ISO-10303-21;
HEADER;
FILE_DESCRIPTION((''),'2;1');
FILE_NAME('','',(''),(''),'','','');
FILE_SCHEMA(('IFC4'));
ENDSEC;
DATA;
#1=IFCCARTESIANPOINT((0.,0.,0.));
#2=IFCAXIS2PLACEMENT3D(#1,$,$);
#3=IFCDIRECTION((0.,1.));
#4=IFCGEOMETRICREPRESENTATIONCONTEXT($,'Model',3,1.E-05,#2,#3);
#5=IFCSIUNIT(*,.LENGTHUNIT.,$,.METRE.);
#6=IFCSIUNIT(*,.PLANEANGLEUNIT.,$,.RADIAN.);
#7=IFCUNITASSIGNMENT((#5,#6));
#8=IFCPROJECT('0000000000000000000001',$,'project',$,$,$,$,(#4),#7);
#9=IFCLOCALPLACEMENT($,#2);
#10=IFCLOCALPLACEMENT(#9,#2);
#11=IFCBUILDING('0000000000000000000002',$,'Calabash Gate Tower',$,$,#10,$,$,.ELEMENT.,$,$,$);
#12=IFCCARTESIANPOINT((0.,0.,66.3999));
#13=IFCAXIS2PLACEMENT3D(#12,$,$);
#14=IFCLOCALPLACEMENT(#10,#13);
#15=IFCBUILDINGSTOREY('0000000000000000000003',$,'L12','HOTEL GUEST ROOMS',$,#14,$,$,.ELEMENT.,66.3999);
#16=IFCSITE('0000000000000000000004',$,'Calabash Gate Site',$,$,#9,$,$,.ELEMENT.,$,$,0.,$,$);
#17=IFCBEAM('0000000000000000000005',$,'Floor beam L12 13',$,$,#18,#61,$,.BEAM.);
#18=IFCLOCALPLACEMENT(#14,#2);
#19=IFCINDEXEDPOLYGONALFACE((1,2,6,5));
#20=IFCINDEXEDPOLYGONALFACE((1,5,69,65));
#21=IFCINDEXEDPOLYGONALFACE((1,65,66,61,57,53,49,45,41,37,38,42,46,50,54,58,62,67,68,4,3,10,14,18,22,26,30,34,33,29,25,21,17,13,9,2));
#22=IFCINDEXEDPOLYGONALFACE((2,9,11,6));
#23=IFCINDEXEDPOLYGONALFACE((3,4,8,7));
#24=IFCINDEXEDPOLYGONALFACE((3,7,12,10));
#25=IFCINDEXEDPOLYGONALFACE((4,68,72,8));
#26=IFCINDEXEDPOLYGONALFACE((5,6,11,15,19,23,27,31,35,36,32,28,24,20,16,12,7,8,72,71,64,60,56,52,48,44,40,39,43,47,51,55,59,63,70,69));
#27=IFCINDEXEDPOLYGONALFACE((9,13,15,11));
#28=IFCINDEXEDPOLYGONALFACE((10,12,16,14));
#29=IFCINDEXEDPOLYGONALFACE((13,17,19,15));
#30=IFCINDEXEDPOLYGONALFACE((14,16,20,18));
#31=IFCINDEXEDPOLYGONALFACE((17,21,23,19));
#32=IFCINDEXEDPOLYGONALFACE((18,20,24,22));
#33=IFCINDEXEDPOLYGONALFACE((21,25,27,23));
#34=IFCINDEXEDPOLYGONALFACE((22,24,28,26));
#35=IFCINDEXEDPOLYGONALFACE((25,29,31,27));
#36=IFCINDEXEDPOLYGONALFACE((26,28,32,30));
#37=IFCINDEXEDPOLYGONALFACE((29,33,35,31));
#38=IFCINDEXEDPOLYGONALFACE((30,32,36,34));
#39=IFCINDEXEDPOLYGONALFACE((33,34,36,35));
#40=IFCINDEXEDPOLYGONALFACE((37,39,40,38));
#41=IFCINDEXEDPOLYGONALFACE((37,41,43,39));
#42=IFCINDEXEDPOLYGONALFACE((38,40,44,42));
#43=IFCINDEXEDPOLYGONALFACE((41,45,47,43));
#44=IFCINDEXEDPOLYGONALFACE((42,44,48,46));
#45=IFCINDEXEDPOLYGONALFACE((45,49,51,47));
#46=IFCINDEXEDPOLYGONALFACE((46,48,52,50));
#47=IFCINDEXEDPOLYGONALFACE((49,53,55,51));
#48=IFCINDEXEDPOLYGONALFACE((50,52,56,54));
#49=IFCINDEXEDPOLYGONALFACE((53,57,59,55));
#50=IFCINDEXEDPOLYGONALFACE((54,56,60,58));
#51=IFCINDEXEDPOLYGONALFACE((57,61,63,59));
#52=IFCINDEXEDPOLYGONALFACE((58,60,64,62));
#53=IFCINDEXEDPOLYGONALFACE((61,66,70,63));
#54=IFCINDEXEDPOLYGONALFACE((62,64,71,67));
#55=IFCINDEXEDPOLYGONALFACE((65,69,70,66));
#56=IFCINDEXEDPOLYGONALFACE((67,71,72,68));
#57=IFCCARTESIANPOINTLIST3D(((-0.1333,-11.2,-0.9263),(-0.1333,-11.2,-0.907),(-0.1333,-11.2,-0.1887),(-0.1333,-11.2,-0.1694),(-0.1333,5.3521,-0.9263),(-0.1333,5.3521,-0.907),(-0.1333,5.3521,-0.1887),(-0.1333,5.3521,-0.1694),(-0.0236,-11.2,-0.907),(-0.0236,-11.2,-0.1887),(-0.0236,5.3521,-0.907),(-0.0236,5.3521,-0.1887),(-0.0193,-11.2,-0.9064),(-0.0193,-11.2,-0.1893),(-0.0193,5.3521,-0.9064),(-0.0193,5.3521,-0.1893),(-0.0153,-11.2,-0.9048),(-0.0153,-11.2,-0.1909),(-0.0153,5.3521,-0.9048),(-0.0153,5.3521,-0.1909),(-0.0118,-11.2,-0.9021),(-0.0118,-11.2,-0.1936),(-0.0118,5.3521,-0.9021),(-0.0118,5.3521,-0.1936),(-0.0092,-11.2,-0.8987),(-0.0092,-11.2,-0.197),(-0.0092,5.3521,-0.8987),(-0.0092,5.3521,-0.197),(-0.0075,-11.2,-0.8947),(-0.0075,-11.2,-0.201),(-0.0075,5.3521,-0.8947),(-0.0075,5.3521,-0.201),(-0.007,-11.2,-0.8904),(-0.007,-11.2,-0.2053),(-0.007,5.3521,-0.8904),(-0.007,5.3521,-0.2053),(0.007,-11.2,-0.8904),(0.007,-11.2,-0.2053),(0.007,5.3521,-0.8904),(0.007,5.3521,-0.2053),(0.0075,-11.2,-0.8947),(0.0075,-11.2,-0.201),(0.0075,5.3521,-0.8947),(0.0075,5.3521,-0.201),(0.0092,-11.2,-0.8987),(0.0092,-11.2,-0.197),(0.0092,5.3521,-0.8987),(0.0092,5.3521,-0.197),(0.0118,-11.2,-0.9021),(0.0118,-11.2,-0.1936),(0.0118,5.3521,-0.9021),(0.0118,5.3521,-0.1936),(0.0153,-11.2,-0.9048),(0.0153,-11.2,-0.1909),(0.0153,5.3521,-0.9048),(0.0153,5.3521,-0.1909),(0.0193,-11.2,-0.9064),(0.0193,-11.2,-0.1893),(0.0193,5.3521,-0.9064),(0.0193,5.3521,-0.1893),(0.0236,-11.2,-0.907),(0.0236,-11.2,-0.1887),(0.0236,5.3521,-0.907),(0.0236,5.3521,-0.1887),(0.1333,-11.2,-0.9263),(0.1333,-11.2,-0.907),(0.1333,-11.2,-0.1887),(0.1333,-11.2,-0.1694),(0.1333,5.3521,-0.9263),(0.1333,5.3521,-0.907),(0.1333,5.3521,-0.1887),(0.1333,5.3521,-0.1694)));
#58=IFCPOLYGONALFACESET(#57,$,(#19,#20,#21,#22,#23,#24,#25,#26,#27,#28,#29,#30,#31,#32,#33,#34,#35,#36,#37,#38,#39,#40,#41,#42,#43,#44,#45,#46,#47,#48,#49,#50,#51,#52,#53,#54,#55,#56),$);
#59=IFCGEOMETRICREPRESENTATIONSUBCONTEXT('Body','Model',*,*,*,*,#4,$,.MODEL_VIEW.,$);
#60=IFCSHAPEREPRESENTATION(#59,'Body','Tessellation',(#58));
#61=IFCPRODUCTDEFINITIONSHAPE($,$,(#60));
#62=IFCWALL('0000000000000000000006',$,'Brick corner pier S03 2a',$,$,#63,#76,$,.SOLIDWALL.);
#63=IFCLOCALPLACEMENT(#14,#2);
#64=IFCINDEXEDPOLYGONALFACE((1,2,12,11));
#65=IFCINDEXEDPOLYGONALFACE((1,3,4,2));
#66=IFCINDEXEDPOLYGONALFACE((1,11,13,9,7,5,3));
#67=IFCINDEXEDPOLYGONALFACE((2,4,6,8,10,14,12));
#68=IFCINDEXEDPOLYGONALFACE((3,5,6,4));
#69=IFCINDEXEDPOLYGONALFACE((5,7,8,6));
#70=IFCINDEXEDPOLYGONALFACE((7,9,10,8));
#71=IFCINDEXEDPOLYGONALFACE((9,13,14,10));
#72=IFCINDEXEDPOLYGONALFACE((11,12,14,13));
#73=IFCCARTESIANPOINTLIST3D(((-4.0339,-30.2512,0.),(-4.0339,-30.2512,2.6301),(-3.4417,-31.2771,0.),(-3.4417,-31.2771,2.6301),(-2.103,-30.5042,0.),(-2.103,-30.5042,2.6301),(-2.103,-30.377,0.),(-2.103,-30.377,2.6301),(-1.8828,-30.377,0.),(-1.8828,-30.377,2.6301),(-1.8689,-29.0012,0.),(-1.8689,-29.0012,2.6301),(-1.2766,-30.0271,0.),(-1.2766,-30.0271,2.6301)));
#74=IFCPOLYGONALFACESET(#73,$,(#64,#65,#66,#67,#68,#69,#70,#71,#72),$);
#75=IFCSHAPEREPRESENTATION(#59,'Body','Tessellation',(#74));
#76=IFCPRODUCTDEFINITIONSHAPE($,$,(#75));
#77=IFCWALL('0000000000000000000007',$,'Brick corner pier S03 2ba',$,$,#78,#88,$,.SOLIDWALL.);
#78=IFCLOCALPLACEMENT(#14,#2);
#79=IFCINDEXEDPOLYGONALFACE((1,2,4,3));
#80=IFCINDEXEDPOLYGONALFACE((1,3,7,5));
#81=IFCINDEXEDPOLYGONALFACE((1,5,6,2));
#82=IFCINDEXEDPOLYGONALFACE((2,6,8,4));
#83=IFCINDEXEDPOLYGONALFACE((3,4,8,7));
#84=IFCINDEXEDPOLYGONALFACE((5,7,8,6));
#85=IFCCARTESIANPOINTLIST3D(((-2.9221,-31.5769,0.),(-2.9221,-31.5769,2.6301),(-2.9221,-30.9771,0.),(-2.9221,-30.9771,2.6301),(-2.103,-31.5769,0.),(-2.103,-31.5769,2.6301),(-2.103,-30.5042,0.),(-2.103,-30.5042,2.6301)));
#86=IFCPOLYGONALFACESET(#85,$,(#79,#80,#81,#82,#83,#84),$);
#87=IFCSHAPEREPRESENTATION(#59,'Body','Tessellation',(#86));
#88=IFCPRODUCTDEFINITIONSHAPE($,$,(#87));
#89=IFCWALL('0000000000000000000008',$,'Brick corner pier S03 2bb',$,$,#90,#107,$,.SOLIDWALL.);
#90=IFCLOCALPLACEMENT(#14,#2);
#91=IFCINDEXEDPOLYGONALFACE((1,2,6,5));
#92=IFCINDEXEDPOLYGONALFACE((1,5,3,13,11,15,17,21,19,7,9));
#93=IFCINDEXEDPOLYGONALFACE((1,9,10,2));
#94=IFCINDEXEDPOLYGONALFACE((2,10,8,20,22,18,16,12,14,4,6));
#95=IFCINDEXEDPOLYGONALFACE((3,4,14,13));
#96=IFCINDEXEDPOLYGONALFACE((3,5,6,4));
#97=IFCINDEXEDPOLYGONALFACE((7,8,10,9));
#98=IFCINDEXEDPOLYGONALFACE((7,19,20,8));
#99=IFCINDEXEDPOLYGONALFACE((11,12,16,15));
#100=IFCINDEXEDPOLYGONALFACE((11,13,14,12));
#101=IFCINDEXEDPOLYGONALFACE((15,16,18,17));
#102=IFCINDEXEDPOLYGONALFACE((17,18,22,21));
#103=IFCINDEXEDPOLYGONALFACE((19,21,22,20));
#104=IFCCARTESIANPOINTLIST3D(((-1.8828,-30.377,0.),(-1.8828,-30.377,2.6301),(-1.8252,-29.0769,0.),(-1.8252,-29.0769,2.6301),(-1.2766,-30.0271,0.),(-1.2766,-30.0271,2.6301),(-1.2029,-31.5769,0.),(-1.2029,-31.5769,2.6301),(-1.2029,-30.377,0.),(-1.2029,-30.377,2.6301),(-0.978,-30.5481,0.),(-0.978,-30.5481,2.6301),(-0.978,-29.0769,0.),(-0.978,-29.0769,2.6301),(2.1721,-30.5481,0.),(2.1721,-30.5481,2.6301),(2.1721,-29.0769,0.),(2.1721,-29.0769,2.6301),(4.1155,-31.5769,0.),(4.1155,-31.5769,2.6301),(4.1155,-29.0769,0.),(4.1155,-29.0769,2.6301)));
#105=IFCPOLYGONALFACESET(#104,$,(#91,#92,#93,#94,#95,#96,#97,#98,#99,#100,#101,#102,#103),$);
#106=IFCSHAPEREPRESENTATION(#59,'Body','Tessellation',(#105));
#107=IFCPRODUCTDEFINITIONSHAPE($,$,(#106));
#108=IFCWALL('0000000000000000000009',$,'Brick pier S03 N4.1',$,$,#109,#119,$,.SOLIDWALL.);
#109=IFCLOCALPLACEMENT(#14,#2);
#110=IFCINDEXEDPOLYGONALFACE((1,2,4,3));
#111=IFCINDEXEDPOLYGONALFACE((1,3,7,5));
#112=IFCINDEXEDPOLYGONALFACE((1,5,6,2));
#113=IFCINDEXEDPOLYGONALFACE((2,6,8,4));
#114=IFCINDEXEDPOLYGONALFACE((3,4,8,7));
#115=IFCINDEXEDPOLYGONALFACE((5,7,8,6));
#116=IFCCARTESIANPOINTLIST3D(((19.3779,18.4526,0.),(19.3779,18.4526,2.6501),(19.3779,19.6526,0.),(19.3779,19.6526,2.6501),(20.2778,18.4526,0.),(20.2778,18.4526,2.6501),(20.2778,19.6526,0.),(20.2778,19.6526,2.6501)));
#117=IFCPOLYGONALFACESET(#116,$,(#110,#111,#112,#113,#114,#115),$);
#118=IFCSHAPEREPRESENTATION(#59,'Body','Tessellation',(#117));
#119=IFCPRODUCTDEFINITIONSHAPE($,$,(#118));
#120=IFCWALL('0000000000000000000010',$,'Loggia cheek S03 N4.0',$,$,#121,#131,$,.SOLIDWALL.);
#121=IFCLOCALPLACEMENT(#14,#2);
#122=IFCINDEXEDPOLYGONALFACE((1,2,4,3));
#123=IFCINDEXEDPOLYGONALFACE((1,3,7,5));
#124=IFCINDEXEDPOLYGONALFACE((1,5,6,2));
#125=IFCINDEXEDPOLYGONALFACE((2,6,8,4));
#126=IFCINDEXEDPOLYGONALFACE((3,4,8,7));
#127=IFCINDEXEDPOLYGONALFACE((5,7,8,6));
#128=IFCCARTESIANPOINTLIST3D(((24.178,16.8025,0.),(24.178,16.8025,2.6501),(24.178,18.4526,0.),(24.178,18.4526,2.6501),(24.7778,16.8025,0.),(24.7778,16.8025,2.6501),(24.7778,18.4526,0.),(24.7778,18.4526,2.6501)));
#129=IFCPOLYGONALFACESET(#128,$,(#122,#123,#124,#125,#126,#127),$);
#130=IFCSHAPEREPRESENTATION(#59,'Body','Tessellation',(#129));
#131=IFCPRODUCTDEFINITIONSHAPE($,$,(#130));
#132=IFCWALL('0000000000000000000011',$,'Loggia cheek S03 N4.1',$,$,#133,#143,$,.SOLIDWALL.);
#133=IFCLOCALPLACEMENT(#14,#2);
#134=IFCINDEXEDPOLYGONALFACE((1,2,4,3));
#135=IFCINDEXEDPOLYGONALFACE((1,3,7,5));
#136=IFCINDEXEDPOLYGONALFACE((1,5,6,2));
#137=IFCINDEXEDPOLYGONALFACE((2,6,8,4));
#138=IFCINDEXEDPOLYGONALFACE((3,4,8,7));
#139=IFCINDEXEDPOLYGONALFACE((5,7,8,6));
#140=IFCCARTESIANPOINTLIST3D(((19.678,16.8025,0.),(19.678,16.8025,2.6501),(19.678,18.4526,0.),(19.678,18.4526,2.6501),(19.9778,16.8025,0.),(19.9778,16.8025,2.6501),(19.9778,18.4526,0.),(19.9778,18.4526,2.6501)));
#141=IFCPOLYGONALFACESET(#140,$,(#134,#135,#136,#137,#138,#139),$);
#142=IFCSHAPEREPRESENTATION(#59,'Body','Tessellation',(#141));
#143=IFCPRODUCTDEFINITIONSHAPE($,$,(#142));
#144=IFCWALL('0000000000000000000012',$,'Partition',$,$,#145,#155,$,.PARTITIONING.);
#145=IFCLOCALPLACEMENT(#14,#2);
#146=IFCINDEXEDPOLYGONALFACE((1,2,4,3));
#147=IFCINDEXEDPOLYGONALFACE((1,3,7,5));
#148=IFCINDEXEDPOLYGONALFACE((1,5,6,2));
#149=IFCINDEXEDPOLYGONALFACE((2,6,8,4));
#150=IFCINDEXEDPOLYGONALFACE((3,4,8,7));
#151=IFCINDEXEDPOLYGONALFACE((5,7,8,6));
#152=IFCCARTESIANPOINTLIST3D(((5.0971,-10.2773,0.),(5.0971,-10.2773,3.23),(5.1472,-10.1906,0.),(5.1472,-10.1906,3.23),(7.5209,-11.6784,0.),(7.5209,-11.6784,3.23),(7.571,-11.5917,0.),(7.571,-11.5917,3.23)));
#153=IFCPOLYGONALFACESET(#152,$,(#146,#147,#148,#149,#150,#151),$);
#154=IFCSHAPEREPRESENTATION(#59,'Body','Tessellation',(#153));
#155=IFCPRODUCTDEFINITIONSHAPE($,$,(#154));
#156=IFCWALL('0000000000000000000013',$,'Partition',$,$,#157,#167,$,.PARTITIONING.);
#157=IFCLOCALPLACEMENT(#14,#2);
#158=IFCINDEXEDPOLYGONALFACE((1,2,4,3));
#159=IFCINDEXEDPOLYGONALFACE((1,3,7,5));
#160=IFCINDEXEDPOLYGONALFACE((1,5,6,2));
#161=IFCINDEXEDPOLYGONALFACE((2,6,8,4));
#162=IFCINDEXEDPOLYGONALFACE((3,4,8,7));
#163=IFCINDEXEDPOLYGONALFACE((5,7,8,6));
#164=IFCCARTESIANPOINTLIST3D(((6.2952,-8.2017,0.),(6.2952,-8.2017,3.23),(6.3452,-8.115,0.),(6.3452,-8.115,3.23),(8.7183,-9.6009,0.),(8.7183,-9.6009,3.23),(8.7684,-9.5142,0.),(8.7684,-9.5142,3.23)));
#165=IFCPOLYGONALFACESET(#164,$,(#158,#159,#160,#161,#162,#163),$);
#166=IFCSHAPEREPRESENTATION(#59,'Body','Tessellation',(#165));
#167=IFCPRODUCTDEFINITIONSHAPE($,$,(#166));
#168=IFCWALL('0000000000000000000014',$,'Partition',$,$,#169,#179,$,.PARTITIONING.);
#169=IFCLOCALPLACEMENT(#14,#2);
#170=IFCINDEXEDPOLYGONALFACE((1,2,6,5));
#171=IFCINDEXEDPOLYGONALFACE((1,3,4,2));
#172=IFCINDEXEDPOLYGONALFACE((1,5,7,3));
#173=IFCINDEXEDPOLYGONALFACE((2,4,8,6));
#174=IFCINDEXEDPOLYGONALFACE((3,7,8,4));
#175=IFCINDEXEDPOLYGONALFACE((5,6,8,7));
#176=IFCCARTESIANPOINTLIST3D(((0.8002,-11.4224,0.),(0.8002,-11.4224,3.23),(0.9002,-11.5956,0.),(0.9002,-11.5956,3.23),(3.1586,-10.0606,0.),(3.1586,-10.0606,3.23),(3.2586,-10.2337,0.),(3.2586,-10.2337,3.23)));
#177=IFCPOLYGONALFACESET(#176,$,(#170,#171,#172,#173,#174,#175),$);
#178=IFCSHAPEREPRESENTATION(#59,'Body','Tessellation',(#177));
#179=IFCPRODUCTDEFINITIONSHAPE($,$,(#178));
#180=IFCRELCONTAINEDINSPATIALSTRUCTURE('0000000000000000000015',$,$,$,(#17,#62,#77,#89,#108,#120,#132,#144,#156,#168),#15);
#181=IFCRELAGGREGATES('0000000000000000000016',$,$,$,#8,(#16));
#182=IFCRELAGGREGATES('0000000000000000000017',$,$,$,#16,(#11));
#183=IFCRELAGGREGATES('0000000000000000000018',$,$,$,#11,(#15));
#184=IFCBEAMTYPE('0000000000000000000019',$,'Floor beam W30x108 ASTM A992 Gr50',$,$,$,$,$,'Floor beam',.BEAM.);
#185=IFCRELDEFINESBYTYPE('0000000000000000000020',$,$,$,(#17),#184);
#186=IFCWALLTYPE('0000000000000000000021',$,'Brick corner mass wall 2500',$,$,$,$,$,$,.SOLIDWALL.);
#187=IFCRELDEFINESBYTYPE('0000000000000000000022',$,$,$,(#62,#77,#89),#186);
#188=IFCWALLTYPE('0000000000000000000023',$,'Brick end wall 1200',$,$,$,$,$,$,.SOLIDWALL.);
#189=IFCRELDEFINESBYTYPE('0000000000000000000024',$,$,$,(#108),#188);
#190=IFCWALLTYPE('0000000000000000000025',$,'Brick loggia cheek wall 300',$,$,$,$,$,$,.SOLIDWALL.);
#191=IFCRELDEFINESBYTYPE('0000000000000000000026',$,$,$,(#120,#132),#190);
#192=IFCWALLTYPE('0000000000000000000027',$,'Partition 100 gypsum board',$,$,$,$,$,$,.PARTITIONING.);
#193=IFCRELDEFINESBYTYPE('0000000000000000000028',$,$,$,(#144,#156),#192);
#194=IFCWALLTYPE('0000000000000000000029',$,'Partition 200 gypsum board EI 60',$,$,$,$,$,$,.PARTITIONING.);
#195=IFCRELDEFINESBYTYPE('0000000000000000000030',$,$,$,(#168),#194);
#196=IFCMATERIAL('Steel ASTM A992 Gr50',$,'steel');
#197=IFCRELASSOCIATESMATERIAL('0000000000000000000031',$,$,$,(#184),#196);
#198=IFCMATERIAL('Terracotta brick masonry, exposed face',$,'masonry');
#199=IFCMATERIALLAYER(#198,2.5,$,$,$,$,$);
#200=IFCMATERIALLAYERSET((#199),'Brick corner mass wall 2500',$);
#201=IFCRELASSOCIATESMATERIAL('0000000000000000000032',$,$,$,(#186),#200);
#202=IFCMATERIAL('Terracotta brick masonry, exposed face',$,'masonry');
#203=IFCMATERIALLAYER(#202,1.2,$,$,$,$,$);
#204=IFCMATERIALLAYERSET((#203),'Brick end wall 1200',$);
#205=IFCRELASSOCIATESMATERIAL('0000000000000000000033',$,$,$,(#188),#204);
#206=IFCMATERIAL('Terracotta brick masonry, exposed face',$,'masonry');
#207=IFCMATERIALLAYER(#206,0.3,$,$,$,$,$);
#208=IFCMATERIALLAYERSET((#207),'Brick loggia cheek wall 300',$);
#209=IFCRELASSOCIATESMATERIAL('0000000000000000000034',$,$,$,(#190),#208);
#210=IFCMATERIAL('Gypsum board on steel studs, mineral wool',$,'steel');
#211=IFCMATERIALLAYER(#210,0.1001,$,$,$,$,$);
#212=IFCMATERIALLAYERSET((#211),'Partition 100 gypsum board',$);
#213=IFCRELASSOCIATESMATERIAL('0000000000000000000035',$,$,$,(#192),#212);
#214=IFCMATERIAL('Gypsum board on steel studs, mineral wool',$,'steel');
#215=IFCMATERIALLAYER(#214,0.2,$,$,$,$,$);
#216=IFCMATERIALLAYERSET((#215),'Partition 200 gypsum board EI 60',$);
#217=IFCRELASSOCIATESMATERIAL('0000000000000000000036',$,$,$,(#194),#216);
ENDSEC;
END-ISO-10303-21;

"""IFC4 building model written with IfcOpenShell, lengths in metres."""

from ifc_helpers import new_model, si_unit, direction, frame, frame_2d, origin, origin_2d, place, context, subcontext, project, spatial, polyline, rectangle, i_section, outline, extrude, material, layer, layer_set, material_profile, profile_set, type_object, element, save


model = new_model("IFC4")

# Units and contexts
model_context = context("Model", 3, precision=1e-05, world=origin(), true_north=direction((0.0, 1.0)))
body_context = subcontext(model_context, "Body", "Model", "MODEL_VIEW")
ifc_project = project(units=[si_unit("LENGTHUNIT", "METRE"), si_unit("PLANEANGLEUNIT", "RADIAN")], contexts=[model_context])

# Site, building, storey
site_placement = place(None, origin())
site = spatial("IfcSite", under=ifc_project, at=site_placement, Name="Calabash Gate Site", CompositionType="ELEMENT", RefElevation=0.0)
building_placement = place(site_placement, origin())
building = spatial("IfcBuilding", under=site, at=building_placement, Name="Calabash Gate Tower", CompositionType="ELEMENT")
storey_placement = place(building_placement, frame((0.0, 0.0, 66.3999)))
storey = spatial("IfcBuildingStorey", under=building, at=storey_placement, Name="L12", Description="HOTEL GUEST ROOMS", CompositionType="ELEMENT", Elevation=66.3999)

# Beam
ifc_material_1 = material(Name="Steel ASTM A992 Gr50", Category="steel")
ifc_material_profile = material_profile(ifc_material_1, i_section(OverallWidth=0.2666, OverallDepth=0.7568, WebThickness=0.0139, FlangeThickness=0.0193, FilletRadius=0.0166, at=origin_2d()))
ifc_profile_set = profile_set([ifc_material_profile], Name="Steel ASTM A992 Gr50")
beam_type = type_object("IfcBeamType", Name="Floor beam W30x108 ASTM A992 Gr50", ElementType="Floor beam", PredefinedType="BEAM", material=ifc_profile_set)
beam_placement = place(storey_placement, frame((0.0, -11.2, -0.5479), z_axis=(0.0, 1.0, 0.0), x_axis=(-1.0, 0.0, 0.0)))
element("IfcBeam", 1, at=beam_placement, inside=storey, type_object=beam_type, Name="Floor beam L12 13", PredefinedType="BEAM", context=body_context, shape_type="SweptSolid", body=[
    extrude(i_section(OverallWidth=0.2666, OverallDepth=0.7568, WebThickness=0.0139, FlangeThickness=0.0193, FilletRadius=0.0166, at=origin_2d()), origin(), (0.0, 0.0, 1.0), 16.552),
])

# Walls
ifc_material_2 = material(Name="Terracotta brick masonry, exposed face", Category="masonry")
ifc_layer_1 = layer(ifc_material_2, 2.5)
ifc_layer_set_1 = layer_set([ifc_layer_1], Name="Brick corner mass wall 2500")
wall_type_1 = type_object("IfcWallType", Name="Brick corner mass wall 2500", PredefinedType="SOLIDWALL", material=ifc_layer_set_1)
wall_1_placement = place(storey_placement, origin())
element("IfcWall", 2, at=wall_1_placement, inside=storey, type_object=wall_type_1, Name="Brick corner pier S03 2a", PredefinedType="SOLIDWALL", context=body_context, shape_type="SweptSolid", body=[
    extrude(outline(polyline([(-1.2766, -30.0271), (-1.8689, -29.0012), (-4.0339, -30.2512), (-3.4417, -31.2771), (-2.103, -30.5042), (-2.103, -30.377), (-1.8828, -30.377), (-1.2766, -30.0271)])), origin(), (0.0, 0.0, 1.0), 2.6301),
])
wall_2_placement = place(storey_placement, origin())
element("IfcWall", 3, at=wall_2_placement, inside=storey, type_object=wall_type_1, Name="Brick corner pier S03 2ba", PredefinedType="SOLIDWALL", context=body_context, shape_type="SweptSolid", body=[
    extrude(outline(polyline([(-2.9221, -30.9771), (-2.9221, -31.5769), (-2.103, -31.5769), (-2.103, -30.5042), (-2.9221, -30.9771)])), origin(), (0.0, 0.0, 1.0), 2.6301),
])
wall_3_placement = place(storey_placement, origin())
element("IfcWall", 4, at=wall_3_placement, inside=storey, type_object=wall_type_1, Name="Brick corner pier S03 2bb", PredefinedType="SOLIDWALL", context=body_context, shape_type="SweptSolid", body=[
    extrude(outline(polyline([(-1.2029, -30.377), (-1.2029, -31.5769), (4.1155, -31.5769), (4.1155, -29.0769), (2.1721, -29.0769), (2.1721, -30.5481), (-0.978, -30.5481), (-0.978, -29.0769), (-1.8252, -29.0769), (-1.2766, -30.0271), (-1.8828, -30.377), (-1.2029, -30.377)])), origin(), (0.0, 0.0, 1.0), 2.6301),
])
ifc_material_3 = material(Name="Terracotta brick masonry, exposed face", Category="masonry")
ifc_layer_2 = layer(ifc_material_3, 1.2)
ifc_layer_set_2 = layer_set([ifc_layer_2], Name="Brick end wall 1200")
wall_type_2 = type_object("IfcWallType", Name="Brick end wall 1200", PredefinedType="SOLIDWALL", material=ifc_layer_set_2)
wall_4_placement = place(storey_placement, origin())
element("IfcWall", 5, at=wall_4_placement, inside=storey, type_object=wall_type_2, Name="Brick pier S03 N4.1", PredefinedType="SOLIDWALL", context=body_context, shape_type="SweptSolid", body=[
    extrude(outline(polyline([(20.2778, 19.6526), (19.3779, 19.6526), (19.3779, 18.4526), (20.2778, 18.4526), (20.2778, 19.6526)])), origin(), (0.0, 0.0, 1.0), 2.6501),
])
ifc_material_4 = material(Name="Terracotta brick masonry, exposed face", Category="masonry")
ifc_layer_3 = layer(ifc_material_4, 0.3)
ifc_layer_set_3 = layer_set([ifc_layer_3], Name="Brick loggia cheek wall 300")
wall_type_3 = type_object("IfcWallType", Name="Brick loggia cheek wall 300", PredefinedType="SOLIDWALL", material=ifc_layer_set_3)
wall_5_placement = place(storey_placement, origin())
element("IfcWall", 6, at=wall_5_placement, inside=storey, type_object=wall_type_3, Name="Loggia cheek S03 N4.0", PredefinedType="SOLIDWALL", context=body_context, shape_type="SweptSolid", body=[
    extrude(outline(polyline([(24.7778, 16.8025), (24.7778, 18.4526), (24.178, 18.4526), (24.178, 16.8025), (24.7778, 16.8025)])), origin(), (0.0, 0.0, 1.0), 2.6501),
])
wall_6_placement = place(storey_placement, origin())
element("IfcWall", 7, at=wall_6_placement, inside=storey, type_object=wall_type_3, Name="Loggia cheek S03 N4.1", PredefinedType="SOLIDWALL", context=body_context, shape_type="SweptSolid", body=[
    extrude(outline(polyline([(19.678, 18.4526), (19.678, 16.8025), (19.9778, 16.8025), (19.9778, 18.4526), (19.678, 18.4526)])), origin(), (0.0, 0.0, 1.0), 2.6501),
])
ifc_material_5 = material(Name="Gypsum board on steel studs, mineral wool", Category="steel")
ifc_layer_4 = layer(ifc_material_5, 0.1001)
ifc_layer_set_4 = layer_set([ifc_layer_4], Name="Partition 100 gypsum board")
wall_type_4 = type_object("IfcWallType", Name="Partition 100 gypsum board", PredefinedType="PARTITIONING", material=ifc_layer_set_4)
wall_7_placement = place(storey_placement, frame((5.1221, -10.2339, 0.0), z_axis=(0.0, 0.0, 1.0), x_axis=(0.865758, -0.500462, 0.0)))
element("IfcWall", 8, at=wall_7_placement, inside=storey, type_object=wall_type_4, Name="Partition", PredefinedType="PARTITIONING", context=body_context, shape_type="SweptSolid", body=[
    extrude(rectangle(XDim=2.7996, YDim=0.1001, at=frame_2d((1.3999, 0.0))), origin(), (0.0, 0.0, 1.0), 3.23),
])
wall_8_placement = place(storey_placement, frame((6.3203, -8.1584, 0.0), z_axis=(0.0, 0.0, 1.0), x_axis=(0.865995, -0.500052, 0.0)))
element("IfcWall", 9, at=wall_8_placement, inside=storey, type_object=wall_type_4, Name="Partition", PredefinedType="PARTITIONING", context=body_context, shape_type="SweptSolid", body=[
    extrude(rectangle(XDim=2.7981, YDim=0.1001, at=frame_2d((1.3989, 0.0))), origin(), (0.0, 0.0, 1.0), 3.23),
])
ifc_material_6 = material(Name="Gypsum board on steel studs, mineral wool", Category="steel")
ifc_layer_5 = layer(ifc_material_6, 0.2)
ifc_layer_set_5 = layer_set([ifc_layer_5], Name="Partition 200 gypsum board EI 60")
wall_type_5 = type_object("IfcWallType", Name="Partition 200 gypsum board EI 60", PredefinedType="PARTITIONING", material=ifc_layer_set_5)
wall_9_placement = place(storey_placement, frame((0.8501, -11.509, 0.0), z_axis=(0.0, 0.0, 1.0), x_axis=(0.865994, 0.500054, 0.0)))
element("IfcWall", 10, at=wall_9_placement, inside=storey, type_object=wall_type_5, Name="Partition", PredefinedType="PARTITIONING", context=body_context, shape_type="SweptSolid", body=[
    extrude(rectangle(XDim=2.7234, YDim=0.2, at=frame_2d((1.3618, 0.0))), origin(), (0.0, 0.0, 1.0), 3.23),
])

save(model, "model.ifc")
